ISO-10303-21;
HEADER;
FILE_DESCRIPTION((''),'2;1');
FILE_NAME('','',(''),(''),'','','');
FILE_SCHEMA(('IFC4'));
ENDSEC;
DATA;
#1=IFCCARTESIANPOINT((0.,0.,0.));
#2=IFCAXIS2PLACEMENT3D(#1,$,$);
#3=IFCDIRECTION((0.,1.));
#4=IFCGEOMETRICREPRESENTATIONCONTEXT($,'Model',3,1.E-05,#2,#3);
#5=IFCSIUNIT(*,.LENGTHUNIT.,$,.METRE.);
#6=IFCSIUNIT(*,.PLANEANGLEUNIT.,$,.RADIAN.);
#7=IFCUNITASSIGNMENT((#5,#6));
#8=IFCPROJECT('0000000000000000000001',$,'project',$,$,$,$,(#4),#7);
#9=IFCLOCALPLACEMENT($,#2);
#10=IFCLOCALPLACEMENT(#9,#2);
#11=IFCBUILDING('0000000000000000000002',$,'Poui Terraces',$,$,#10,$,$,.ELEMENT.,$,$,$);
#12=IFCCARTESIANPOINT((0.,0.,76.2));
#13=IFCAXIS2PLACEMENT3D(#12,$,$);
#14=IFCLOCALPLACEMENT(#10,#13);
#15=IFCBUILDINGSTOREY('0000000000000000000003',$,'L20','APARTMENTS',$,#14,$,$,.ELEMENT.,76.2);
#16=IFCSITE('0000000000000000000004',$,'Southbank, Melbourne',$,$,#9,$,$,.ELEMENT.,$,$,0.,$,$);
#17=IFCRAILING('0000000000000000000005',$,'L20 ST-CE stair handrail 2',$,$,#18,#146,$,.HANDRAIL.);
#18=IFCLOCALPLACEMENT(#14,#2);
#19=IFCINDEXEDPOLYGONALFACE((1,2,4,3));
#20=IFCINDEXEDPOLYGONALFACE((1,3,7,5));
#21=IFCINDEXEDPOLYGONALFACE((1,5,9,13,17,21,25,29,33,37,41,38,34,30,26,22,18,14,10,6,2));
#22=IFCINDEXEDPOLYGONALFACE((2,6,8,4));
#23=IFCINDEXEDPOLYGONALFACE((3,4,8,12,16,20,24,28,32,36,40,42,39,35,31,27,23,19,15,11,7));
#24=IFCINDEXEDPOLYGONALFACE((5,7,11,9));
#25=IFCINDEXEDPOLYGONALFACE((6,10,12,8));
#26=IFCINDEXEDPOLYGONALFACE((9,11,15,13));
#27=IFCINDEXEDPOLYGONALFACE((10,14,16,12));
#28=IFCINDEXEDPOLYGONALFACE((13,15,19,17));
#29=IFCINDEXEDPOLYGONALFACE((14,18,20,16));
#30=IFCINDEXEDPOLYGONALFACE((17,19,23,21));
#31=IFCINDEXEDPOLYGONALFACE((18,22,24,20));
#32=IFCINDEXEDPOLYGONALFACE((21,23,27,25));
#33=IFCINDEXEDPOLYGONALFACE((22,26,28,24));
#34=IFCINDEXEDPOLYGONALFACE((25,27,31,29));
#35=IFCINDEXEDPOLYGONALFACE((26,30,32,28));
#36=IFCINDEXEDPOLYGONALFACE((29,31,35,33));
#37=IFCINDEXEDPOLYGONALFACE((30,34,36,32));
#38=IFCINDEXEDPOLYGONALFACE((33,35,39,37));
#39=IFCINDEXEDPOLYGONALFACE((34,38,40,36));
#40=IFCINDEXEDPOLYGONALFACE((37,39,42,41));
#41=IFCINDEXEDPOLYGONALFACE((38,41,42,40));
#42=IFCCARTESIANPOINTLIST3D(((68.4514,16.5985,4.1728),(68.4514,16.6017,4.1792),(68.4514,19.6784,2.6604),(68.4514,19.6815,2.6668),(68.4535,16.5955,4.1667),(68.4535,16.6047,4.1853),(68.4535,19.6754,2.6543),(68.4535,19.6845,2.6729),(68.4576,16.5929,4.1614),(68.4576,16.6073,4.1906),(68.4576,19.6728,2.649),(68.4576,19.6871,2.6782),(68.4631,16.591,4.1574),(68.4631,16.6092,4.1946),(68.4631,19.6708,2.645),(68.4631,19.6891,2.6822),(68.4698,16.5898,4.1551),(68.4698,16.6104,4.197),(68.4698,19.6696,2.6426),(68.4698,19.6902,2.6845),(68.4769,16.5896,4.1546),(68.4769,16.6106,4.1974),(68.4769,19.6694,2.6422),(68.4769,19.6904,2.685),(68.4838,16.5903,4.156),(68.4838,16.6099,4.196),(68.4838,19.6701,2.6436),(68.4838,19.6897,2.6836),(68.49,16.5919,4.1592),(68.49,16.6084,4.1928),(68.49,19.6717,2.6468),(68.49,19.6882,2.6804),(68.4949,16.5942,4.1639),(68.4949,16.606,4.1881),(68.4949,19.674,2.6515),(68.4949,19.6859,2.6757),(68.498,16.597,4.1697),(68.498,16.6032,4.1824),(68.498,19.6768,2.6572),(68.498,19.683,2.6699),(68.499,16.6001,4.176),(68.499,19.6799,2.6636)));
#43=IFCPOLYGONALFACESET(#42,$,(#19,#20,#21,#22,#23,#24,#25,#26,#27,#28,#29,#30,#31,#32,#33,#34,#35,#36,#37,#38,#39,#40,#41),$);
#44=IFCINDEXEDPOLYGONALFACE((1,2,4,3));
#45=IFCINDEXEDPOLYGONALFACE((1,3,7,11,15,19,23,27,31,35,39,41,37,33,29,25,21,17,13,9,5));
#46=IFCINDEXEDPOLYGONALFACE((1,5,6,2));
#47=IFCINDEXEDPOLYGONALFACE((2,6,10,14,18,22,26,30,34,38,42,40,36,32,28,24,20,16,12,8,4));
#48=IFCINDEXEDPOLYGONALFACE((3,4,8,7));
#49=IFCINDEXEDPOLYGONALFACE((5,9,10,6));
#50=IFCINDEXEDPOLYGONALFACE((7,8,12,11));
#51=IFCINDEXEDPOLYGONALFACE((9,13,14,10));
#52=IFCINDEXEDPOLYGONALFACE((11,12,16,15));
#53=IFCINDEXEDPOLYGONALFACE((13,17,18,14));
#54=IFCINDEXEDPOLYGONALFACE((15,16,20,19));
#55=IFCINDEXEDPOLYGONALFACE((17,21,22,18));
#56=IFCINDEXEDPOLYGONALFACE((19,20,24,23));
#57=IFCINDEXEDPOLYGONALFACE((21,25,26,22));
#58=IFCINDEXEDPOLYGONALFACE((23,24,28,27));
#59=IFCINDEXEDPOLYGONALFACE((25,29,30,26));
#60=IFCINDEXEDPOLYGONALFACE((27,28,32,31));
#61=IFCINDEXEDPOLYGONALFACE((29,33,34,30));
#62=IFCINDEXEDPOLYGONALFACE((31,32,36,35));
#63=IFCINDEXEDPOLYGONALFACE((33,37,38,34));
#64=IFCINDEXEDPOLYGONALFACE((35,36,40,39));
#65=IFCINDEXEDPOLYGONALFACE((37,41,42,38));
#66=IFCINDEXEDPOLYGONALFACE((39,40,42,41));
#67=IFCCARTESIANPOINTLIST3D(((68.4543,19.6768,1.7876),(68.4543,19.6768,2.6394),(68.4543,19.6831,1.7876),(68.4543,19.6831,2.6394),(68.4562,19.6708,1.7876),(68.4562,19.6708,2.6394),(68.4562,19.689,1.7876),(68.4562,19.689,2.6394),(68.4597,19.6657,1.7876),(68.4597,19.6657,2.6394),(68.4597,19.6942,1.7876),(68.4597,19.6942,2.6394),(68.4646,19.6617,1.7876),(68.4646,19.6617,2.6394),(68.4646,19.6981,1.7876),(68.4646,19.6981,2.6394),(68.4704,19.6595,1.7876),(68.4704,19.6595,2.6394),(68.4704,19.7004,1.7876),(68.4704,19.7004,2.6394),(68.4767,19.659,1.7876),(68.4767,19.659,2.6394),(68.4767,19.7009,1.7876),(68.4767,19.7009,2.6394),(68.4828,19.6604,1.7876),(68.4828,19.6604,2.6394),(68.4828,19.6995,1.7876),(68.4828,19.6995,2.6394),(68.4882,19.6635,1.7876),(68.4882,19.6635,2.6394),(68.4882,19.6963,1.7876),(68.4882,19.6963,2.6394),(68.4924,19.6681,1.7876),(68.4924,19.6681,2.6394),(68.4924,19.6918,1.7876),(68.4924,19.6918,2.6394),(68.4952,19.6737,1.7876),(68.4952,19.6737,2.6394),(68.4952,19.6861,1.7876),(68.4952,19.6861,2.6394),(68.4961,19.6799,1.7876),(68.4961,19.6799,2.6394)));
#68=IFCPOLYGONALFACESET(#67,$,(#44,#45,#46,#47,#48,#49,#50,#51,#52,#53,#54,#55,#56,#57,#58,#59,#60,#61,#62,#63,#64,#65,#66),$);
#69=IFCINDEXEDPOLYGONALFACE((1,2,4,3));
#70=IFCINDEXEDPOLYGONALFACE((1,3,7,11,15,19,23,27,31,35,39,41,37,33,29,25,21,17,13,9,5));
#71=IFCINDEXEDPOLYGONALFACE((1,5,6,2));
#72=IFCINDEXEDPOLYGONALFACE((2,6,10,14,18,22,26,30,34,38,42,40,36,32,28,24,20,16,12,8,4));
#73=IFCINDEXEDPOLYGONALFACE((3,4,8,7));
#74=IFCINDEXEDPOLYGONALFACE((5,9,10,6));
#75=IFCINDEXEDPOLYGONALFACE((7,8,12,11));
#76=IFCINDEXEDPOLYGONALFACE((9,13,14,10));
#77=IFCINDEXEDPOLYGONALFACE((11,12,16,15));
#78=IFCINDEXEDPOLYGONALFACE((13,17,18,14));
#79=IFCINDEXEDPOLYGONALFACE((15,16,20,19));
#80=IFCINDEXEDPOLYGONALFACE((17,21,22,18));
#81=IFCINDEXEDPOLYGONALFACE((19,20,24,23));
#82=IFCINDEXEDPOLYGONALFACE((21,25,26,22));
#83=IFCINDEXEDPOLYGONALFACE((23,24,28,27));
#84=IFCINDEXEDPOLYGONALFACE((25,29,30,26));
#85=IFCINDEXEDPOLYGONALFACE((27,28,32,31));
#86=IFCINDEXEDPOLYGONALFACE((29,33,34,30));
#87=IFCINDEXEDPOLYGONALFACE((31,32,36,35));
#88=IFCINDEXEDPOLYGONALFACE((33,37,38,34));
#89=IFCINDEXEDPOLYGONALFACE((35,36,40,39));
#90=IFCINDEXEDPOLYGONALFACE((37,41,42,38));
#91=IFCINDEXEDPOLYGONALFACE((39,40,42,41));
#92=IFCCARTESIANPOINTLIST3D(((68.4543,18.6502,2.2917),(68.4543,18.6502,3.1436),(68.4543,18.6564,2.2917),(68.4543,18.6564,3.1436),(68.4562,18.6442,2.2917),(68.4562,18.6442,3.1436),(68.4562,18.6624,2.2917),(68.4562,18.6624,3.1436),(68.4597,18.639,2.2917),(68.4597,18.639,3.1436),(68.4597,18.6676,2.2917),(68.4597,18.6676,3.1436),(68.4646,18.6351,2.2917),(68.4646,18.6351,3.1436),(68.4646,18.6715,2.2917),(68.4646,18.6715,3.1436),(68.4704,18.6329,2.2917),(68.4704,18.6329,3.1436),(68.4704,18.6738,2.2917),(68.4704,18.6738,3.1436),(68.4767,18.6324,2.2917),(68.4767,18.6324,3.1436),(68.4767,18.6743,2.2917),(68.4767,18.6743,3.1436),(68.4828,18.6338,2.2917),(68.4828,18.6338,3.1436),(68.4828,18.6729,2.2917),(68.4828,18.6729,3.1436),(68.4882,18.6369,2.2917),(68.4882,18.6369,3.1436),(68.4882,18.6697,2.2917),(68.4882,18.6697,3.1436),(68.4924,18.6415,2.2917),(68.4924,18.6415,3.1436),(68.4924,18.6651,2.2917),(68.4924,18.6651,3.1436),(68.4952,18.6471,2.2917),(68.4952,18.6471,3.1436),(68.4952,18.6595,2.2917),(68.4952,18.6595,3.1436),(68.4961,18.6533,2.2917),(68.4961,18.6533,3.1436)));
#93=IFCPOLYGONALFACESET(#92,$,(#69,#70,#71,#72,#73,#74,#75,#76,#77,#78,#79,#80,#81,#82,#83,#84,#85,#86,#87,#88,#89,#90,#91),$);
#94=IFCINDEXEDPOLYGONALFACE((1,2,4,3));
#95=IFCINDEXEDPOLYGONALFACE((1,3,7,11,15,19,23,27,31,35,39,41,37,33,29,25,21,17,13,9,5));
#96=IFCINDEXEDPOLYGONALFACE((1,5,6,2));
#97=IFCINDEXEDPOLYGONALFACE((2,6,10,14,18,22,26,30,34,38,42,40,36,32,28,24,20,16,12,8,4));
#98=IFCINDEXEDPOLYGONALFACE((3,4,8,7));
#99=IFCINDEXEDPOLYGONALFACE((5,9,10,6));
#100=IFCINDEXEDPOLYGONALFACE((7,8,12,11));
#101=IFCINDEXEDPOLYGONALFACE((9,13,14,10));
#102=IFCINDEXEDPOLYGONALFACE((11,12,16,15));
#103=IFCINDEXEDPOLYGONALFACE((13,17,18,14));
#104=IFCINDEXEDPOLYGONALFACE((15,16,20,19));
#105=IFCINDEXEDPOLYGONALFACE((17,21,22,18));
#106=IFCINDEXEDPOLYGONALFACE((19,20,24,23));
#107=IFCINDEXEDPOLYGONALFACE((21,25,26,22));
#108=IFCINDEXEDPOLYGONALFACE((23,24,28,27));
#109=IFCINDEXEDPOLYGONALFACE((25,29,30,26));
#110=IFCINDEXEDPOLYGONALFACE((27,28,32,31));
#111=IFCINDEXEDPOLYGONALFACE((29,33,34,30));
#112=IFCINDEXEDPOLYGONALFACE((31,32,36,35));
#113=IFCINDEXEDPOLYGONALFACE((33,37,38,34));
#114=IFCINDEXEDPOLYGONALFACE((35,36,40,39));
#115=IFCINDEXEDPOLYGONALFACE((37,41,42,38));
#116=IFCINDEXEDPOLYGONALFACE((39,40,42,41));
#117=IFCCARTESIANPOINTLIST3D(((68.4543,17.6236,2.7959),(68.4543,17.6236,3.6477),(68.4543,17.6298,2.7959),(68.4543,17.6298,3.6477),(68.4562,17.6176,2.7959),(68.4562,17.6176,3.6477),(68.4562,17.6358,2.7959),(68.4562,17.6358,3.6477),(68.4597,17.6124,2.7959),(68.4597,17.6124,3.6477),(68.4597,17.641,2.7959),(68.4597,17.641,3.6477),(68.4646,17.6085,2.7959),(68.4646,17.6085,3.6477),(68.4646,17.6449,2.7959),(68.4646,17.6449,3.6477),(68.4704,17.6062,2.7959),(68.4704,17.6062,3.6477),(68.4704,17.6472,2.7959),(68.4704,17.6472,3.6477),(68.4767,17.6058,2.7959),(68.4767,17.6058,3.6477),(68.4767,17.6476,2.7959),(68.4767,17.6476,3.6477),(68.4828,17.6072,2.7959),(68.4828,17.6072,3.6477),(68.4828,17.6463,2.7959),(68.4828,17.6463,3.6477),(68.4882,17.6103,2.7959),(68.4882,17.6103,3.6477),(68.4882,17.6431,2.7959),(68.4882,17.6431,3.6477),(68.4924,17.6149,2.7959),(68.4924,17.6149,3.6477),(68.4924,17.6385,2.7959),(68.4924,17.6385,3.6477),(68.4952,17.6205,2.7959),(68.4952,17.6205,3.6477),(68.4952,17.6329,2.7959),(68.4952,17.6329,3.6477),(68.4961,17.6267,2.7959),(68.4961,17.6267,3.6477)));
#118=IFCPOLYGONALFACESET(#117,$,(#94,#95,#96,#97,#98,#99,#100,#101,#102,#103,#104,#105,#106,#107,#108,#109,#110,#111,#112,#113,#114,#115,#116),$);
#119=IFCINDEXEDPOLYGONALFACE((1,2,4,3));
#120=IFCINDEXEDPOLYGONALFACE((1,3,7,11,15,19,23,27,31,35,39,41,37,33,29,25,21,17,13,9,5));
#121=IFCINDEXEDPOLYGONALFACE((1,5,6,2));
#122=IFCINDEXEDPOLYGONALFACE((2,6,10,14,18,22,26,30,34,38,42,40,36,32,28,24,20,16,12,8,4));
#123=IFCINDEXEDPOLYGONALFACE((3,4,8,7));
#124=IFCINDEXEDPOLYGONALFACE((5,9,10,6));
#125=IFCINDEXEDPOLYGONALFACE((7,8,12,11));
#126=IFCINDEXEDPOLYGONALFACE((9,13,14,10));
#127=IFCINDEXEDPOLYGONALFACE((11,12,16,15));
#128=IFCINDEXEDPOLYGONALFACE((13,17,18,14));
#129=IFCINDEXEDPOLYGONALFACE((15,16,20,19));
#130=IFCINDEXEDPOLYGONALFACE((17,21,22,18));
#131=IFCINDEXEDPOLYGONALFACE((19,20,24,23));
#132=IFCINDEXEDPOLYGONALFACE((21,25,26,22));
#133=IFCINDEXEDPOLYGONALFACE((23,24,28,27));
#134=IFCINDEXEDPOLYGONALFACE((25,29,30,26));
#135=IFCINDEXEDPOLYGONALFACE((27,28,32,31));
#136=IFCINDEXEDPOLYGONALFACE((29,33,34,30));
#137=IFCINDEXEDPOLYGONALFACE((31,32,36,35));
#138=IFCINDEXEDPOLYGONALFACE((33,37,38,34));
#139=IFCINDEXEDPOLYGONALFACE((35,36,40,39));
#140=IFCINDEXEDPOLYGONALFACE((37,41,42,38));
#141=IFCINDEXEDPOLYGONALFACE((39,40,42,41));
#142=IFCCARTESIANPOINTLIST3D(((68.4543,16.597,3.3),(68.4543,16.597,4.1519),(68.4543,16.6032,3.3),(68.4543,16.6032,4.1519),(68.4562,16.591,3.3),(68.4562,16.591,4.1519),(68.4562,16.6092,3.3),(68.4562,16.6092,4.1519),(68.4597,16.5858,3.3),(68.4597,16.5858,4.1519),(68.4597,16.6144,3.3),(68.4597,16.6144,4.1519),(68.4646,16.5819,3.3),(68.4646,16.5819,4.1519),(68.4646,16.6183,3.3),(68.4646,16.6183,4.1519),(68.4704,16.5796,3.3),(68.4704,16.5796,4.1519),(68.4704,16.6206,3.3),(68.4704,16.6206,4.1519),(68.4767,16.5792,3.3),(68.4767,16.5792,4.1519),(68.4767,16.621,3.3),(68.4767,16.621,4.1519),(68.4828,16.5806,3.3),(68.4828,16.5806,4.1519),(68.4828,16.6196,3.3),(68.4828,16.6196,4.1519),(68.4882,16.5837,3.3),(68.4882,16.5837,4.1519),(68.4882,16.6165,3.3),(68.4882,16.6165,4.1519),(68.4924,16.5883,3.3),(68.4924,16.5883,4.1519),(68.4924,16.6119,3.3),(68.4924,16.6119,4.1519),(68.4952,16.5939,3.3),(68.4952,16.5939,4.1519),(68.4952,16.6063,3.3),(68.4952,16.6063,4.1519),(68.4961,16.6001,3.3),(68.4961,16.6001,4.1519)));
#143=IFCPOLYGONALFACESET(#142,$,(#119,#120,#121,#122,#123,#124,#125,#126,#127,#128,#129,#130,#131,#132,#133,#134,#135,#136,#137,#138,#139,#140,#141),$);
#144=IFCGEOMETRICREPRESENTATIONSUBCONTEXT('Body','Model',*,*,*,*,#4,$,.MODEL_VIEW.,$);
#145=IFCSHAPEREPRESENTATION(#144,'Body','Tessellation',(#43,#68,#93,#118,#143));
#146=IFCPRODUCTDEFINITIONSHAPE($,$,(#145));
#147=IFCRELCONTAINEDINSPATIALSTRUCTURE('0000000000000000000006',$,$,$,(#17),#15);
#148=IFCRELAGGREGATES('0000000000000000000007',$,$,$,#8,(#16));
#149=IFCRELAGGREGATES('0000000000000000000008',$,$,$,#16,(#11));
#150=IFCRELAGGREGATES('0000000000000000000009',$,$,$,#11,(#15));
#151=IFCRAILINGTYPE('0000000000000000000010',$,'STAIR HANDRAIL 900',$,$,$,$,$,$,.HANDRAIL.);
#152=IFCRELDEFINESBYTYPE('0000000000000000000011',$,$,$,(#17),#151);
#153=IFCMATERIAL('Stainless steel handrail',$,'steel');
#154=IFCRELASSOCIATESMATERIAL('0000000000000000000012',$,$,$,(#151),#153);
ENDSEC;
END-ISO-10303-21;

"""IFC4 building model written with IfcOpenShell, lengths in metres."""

from ifc_helpers import new_model, si_unit, direction, frame, origin, origin_2d, place, context, subcontext, project, spatial, circle, extrude, material, type_object, element, save


model = new_model("IFC4")

# Units and contexts
model_context = context("Model", 3, precision=1e-05, world=origin(), true_north=direction((0.0, 1.0)))
body_context = subcontext(model_context, "Body", "Model", "MODEL_VIEW")
ifc_project = project(units=[si_unit("LENGTHUNIT", "METRE"), si_unit("PLANEANGLEUNIT", "RADIAN")], contexts=[model_context])

# Site, building, storey
site_placement = place(None, origin())
site = spatial("IfcSite", under=ifc_project, at=site_placement, Name="Southbank, Melbourne", CompositionType="ELEMENT", RefElevation=0.0)
building_placement = place(site_placement, origin())
building = spatial("IfcBuilding", under=site, at=building_placement, Name="Poui Terraces", CompositionType="ELEMENT")
storey_placement = place(building_placement, frame((0.0, 0.0, 76.2)))
storey = spatial("IfcBuildingStorey", under=building, at=storey_placement, Name="L20", Description="APARTMENTS", CompositionType="ELEMENT", Elevation=76.2)

# Railing
ifc_material_1 = material(Name="Stainless steel handrail", Category="steel")
railing_type_1 = type_object("IfcRailingType", Name="STAIR HANDRAIL 900", PredefinedType="HANDRAIL", material=ifc_material_1)
railing_1_placement = place(storey_placement, frame((68.4751, 19.6799, 1.7876)))
element("IfcRailing", 1, at=railing_1_placement, inside=storey, type_object=railing_type_1, Name="L20 ST-CE stair handrail 2", PredefinedType="HANDRAIL", context=body_context, shape_type="SweptSolid", body=[
    extrude(circle(Radius=0.0239, at=origin_2d()), frame((0.0, 0.0, 0.876), z_axis=(0.0, -0.897606, 0.440798), x_axis=(1.0, 0.0, 0.0)), (0.0, 0.0, 1.0), 3.4312),
    extrude(circle(Radius=0.021, at=origin_2d()), origin(), (0.0, 0.0, 1.0), 0.8518),
    extrude(circle(Radius=0.021, at=origin_2d()), frame((0.0, -1.0266, 0.5042)), (0.0, 0.0, 1.0), 0.8518),
    extrude(circle(Radius=0.021, at=origin_2d()), frame((0.0, -2.0532, 1.0083)), (0.0, 0.0, 1.0), 0.8518),
    extrude(circle(Radius=0.021, at=origin_2d()), frame((0.0, -3.0798, 1.5125)), (0.0, 0.0, 1.0), 0.8518),
])

save(model, "model.ifc")
